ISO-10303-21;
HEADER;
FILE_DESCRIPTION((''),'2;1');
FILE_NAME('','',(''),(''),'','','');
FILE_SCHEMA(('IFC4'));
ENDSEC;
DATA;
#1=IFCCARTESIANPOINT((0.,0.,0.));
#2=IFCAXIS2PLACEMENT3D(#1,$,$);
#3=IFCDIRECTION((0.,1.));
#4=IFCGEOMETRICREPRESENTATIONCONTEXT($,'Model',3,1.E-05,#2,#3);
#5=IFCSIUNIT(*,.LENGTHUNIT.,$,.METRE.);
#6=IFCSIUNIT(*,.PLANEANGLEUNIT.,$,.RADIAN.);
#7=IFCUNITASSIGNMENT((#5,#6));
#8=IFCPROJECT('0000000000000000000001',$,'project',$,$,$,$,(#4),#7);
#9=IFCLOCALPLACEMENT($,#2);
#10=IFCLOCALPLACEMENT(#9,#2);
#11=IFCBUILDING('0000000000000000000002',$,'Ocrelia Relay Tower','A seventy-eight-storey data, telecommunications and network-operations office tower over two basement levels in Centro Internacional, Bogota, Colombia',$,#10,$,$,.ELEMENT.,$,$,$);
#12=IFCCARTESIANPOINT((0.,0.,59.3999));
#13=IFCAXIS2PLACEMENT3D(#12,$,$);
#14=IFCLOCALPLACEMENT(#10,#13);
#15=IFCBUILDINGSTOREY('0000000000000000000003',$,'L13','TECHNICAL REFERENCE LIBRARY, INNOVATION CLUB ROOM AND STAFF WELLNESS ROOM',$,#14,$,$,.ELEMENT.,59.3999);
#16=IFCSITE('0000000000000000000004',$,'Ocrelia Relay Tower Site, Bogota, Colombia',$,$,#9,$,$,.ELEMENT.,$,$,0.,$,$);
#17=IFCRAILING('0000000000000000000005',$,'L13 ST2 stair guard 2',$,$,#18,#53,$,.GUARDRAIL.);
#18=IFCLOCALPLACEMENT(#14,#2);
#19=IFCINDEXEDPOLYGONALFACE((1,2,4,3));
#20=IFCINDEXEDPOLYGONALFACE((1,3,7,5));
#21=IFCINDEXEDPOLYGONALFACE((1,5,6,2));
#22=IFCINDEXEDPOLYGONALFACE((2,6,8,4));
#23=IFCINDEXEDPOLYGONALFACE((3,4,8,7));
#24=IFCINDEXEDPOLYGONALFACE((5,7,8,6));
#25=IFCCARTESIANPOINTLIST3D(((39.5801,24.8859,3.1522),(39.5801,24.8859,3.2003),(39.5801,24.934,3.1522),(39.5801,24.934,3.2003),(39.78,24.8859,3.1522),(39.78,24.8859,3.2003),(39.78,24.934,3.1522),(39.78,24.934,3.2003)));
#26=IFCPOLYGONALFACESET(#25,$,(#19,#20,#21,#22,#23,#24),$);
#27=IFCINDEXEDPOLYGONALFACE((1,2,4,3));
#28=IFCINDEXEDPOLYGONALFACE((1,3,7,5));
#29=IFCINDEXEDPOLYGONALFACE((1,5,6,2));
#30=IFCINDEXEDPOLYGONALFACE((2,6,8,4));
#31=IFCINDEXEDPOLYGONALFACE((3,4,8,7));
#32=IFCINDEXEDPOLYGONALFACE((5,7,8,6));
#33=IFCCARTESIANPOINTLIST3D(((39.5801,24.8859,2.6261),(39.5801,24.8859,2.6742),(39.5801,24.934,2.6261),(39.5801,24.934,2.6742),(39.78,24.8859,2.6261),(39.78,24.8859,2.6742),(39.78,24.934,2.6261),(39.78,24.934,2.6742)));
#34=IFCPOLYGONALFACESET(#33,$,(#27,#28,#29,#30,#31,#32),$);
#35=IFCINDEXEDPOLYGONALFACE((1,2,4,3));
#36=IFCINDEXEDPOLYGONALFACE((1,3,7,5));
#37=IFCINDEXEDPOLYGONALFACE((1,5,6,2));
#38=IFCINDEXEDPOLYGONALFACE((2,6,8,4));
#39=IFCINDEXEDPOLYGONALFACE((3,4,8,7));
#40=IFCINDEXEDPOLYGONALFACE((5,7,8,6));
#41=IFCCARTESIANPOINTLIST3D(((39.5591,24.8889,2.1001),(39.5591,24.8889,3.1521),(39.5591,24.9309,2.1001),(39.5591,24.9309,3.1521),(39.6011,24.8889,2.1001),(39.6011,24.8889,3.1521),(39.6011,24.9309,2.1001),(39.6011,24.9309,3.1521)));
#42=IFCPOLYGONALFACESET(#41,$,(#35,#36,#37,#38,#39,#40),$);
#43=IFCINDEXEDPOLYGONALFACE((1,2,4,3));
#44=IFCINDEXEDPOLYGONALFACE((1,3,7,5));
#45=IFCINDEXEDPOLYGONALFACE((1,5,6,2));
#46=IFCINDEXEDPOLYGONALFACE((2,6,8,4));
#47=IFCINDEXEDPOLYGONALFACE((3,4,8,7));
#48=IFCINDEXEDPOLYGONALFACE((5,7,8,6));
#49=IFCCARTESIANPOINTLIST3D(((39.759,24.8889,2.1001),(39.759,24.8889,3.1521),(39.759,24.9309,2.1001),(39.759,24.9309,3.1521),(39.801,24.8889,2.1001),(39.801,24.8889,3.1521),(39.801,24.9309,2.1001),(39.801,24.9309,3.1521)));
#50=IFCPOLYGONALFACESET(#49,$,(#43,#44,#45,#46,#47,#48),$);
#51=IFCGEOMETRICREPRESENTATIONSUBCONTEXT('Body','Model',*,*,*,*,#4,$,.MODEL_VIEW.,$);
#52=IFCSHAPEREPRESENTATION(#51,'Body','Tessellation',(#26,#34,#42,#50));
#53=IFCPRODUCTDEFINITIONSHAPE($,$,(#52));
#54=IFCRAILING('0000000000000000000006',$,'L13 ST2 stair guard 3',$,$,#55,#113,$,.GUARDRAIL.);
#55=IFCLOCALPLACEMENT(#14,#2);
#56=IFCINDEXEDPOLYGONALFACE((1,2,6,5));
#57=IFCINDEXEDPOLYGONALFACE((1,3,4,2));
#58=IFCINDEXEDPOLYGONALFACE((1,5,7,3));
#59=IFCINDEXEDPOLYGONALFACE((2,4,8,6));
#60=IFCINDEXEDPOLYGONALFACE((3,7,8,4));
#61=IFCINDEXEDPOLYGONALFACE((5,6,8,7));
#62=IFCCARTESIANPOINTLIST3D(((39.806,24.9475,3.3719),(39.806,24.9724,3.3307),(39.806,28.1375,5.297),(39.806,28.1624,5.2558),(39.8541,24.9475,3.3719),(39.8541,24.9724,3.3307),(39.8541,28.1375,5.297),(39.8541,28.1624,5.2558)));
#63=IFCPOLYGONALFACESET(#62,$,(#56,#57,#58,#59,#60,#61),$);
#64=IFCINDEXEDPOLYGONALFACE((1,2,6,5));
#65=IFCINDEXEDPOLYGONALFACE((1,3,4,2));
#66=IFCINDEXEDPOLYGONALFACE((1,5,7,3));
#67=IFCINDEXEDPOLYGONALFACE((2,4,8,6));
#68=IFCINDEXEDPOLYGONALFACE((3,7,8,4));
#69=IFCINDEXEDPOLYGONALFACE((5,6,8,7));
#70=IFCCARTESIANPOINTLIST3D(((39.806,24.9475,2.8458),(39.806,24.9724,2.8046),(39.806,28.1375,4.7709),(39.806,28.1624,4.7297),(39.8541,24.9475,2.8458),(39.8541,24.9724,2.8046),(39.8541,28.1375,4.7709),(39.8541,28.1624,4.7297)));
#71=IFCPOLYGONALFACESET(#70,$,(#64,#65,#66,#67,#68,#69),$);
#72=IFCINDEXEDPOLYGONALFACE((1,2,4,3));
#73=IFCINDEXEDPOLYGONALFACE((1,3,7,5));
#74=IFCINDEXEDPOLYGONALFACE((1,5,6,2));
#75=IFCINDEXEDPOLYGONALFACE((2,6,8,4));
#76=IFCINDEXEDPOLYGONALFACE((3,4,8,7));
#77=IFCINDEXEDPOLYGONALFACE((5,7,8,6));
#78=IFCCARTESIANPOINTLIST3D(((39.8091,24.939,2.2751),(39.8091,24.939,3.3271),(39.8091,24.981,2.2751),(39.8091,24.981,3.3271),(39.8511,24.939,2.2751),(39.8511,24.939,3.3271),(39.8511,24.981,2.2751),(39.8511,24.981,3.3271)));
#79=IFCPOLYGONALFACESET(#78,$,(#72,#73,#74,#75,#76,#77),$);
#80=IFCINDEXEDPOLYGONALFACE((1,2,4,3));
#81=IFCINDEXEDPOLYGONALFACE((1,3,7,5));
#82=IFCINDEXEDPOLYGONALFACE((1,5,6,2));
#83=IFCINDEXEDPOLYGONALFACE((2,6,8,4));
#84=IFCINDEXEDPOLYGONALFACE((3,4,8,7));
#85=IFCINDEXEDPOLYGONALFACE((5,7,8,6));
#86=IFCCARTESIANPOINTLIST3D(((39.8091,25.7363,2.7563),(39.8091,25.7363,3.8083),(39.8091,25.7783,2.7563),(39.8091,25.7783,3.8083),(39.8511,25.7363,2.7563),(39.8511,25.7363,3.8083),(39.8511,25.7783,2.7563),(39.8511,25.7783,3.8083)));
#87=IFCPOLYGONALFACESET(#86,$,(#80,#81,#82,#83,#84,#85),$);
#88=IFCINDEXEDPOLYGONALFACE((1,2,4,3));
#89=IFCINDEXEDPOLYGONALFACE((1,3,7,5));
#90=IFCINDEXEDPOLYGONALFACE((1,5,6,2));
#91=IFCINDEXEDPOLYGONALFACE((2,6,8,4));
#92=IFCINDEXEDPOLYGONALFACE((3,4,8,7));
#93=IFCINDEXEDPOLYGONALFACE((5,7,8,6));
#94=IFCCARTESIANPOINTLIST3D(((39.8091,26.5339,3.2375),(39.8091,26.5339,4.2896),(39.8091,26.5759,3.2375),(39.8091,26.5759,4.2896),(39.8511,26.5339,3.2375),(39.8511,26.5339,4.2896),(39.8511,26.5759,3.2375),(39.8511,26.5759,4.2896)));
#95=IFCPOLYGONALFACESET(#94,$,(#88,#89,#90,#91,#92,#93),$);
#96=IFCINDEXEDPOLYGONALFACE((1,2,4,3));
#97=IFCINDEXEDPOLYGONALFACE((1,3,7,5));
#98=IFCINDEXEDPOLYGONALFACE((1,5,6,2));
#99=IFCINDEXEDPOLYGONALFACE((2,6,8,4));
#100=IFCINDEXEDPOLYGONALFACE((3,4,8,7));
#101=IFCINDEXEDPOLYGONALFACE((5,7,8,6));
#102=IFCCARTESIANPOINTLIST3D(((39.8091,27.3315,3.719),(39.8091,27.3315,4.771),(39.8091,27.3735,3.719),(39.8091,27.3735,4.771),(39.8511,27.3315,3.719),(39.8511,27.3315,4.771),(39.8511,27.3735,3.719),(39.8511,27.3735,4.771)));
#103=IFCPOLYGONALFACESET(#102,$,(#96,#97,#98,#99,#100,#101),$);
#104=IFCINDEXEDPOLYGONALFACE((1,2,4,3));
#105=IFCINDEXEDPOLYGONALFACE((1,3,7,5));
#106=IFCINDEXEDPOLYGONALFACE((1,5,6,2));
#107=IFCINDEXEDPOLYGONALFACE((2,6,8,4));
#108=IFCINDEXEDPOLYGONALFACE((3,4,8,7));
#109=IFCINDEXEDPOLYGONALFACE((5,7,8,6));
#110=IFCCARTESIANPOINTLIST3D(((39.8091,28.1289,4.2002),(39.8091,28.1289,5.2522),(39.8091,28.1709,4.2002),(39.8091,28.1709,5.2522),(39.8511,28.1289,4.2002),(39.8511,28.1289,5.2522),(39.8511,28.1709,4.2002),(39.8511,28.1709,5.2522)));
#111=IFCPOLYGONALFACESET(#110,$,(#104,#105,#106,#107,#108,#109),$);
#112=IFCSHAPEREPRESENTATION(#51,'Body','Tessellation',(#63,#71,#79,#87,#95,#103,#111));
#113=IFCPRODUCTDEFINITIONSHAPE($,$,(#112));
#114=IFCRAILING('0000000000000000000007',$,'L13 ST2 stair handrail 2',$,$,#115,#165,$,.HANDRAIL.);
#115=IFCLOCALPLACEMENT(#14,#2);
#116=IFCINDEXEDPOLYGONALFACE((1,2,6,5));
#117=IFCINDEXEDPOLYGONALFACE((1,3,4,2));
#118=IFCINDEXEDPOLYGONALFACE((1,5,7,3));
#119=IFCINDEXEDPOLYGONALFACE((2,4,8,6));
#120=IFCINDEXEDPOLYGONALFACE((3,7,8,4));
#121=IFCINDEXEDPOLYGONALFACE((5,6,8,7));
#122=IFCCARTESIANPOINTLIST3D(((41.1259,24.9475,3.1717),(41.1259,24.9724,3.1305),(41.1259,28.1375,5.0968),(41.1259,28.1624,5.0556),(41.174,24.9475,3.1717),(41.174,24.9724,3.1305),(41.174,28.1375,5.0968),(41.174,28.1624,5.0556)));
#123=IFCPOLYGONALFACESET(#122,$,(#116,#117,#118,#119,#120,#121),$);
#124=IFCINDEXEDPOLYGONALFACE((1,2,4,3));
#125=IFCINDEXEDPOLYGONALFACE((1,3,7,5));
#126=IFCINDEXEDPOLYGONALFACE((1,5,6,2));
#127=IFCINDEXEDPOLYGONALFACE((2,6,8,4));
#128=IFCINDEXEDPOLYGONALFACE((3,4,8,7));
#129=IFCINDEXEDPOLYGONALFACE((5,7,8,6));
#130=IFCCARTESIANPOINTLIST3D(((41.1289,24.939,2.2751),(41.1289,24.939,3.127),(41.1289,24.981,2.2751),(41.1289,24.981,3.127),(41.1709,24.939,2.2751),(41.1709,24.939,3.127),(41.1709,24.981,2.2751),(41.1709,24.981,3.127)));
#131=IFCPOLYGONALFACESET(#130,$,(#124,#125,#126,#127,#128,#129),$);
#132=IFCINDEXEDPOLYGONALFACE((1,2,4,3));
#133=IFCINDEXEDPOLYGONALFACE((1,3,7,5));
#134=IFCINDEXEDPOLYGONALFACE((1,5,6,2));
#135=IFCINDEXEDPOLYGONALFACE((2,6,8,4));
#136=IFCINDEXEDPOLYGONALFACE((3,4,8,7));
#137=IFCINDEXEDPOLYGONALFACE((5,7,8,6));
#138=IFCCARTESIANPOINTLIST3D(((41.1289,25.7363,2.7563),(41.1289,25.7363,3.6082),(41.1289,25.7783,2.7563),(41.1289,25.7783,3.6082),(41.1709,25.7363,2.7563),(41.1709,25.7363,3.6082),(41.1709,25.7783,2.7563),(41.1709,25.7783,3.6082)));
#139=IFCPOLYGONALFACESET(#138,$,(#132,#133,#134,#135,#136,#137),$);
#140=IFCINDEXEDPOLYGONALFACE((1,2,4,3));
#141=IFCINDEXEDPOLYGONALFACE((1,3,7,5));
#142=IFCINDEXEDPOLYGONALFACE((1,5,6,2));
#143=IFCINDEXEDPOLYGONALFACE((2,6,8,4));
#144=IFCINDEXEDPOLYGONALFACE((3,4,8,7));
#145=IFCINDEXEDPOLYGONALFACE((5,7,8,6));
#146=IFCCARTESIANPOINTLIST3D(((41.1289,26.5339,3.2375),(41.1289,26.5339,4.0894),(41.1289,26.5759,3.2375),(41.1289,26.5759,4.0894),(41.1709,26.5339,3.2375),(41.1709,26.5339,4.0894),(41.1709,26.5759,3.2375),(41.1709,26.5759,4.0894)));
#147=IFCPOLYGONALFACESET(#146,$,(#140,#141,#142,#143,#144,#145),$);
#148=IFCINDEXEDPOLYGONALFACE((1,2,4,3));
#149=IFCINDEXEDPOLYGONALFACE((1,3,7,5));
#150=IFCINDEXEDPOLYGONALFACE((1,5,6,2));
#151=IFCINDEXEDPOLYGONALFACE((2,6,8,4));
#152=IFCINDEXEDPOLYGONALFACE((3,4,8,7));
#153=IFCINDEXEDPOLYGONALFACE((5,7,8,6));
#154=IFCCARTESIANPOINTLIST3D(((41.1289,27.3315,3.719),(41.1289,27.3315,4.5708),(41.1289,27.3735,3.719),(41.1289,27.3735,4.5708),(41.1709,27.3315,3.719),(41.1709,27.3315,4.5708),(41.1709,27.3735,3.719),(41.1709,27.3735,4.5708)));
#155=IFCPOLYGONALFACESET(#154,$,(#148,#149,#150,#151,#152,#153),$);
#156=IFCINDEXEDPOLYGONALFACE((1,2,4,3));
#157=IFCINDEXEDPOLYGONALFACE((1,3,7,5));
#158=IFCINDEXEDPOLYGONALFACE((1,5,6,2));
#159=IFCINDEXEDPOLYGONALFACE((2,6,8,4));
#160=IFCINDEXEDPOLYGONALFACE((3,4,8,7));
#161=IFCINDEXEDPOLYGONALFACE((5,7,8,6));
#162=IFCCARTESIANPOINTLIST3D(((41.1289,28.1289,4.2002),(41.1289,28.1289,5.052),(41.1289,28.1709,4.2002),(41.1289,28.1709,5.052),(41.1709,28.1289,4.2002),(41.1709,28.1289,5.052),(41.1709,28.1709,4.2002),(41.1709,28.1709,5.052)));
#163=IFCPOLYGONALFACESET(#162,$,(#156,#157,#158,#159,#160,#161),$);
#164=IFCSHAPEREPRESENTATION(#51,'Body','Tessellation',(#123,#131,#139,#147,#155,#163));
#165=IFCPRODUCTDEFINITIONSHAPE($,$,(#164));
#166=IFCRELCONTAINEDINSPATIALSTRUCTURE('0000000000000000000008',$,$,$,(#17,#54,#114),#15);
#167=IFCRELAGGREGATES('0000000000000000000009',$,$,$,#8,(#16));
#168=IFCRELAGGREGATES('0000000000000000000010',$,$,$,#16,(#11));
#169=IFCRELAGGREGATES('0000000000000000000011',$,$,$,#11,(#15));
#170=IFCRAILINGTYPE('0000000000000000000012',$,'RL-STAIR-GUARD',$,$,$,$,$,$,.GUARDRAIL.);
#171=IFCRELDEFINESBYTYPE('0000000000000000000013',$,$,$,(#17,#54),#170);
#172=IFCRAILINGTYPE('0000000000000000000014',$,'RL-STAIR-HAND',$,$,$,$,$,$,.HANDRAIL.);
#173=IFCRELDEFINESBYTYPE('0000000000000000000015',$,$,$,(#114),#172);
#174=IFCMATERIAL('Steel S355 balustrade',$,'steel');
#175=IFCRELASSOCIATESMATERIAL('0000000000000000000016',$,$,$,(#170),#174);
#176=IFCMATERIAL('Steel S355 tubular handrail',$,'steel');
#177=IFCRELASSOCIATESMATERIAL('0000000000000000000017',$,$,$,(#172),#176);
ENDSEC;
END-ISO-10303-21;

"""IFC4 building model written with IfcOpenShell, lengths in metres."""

from ifc_helpers import new_model, si_unit, direction, frame, origin, origin_2d, place, context, subcontext, project, spatial, rectangle, extrude, material, type_object, element, save


model = new_model("IFC4")

# Units and contexts
model_context = context("Model", 3, precision=1e-05, world=origin(), true_north=direction((0.0, 1.0)))
body_context = subcontext(model_context, "Body", "Model", "MODEL_VIEW")
ifc_project = project(units=[si_unit("LENGTHUNIT", "METRE"), si_unit("PLANEANGLEUNIT", "RADIAN")], contexts=[model_context])

# Site, building, storey
site_placement = place(None, origin())
site = spatial("IfcSite", under=ifc_project, at=site_placement, Name="Ocrelia Relay Tower Site, Bogota, Colombia", CompositionType="ELEMENT", RefElevation=0.0)
building_placement = place(site_placement, origin())
building = spatial("IfcBuilding", under=site, at=building_placement, Name="Ocrelia Relay Tower", Description="A seventy-eight-storey data, telecommunications and network-operations office tower over two basement levels in Centro Internacional, Bogota, Colombia", CompositionType="ELEMENT")
storey_placement = place(building_placement, frame((0.0, 0.0, 59.3999)))
storey = spatial("IfcBuildingStorey", under=building, at=storey_placement, Name="L13", Description="TECHNICAL REFERENCE LIBRARY, INNOVATION CLUB ROOM AND STAFF WELLNESS ROOM", CompositionType="ELEMENT", Elevation=59.3999)

# Railings
ifc_material_1 = material(Name="Steel S355 balustrade", Category="steel")
railing_type_1 = type_object("IfcRailingType", Name="RL-STAIR-GUARD", PredefinedType="GUARDRAIL", material=ifc_material_1)
railing_1_placement = place(storey_placement, frame((39.5801, 24.9099, 2.1001)))
element("IfcRailing", 1, at=railing_1_placement, inside=storey, type_object=railing_type_1, Name="L13 ST2 stair guard 2", PredefinedType="GUARDRAIL", context=body_context, shape_type="SweptSolid", body=[
    extrude(rectangle(XDim=0.0481, YDim=0.0481, at=origin_2d()), frame((0.0, 0.0, 1.0762), z_axis=(1.0, 0.0, 0.0), x_axis=(0.0, 1.0, 0.0)), (0.0, 0.0, 1.0), 0.2),
    extrude(rectangle(XDim=0.0481, YDim=0.0481, at=origin_2d()), frame((0.0, 0.0, 0.55), z_axis=(1.0, 0.0, 0.0), x_axis=(0.0, 1.0, 0.0)), (0.0, 0.0, 1.0), 0.2),
    extrude(rectangle(XDim=0.042, YDim=0.042, at=origin_2d()), origin(), (0.0, 0.0, 1.0), 1.052),
    extrude(rectangle(XDim=0.042, YDim=0.042, at=origin_2d()), frame((0.2, 0.0, 0.0)), (0.0, 0.0, 1.0), 1.052),
])
railing_2_placement = place(storey_placement, frame((39.8301, 24.96, 2.2751)))
element("IfcRailing", 2, at=railing_2_placement, inside=storey, type_object=railing_type_1, Name="L13 ST2 stair guard 3", PredefinedType="GUARDRAIL", context=body_context, shape_type="SweptSolid", body=[
    extrude(rectangle(XDim=0.0481, YDim=0.0481, at=origin_2d()), frame((0.0, 0.0, 1.0762), z_axis=(0.0, 0.856178, 0.516682), x_axis=(-1.0, 0.0, 0.0)), (0.0, 0.0, 1.0), 3.7258),
    extrude(rectangle(XDim=0.0481, YDim=0.0481, at=origin_2d()), frame((0.0, 0.0, 0.55), z_axis=(0.0, 0.856178, 0.516682), x_axis=(-1.0, 0.0, 0.0)), (0.0, 0.0, 1.0), 3.7258),
    extrude(rectangle(XDim=0.042, YDim=0.042, at=origin_2d()), origin(), (0.0, 0.0, 1.0), 1.052),
    extrude(rectangle(XDim=0.042, YDim=0.042, at=origin_2d()), frame((0.0, 0.7974, 0.4812)), (0.0, 0.0, 1.0), 1.052),
    extrude(rectangle(XDim=0.042, YDim=0.042, at=origin_2d()), frame((0.0, 1.595, 0.9624)), (0.0, 0.0, 1.0), 1.052),
    extrude(rectangle(XDim=0.042, YDim=0.042, at=origin_2d()), frame((0.0, 2.3926, 1.4438)), (0.0, 0.0, 1.0), 1.052),
    extrude(rectangle(XDim=0.042, YDim=0.042, at=origin_2d()), frame((0.0, 3.1899, 1.925)), (0.0, 0.0, 1.0), 1.052),
])
ifc_material_2 = material(Name="Steel S355 tubular handrail", Category="steel")
railing_type_2 = type_object("IfcRailingType", Name="RL-STAIR-HAND", PredefinedType="HANDRAIL", material=ifc_material_2)
railing_3_placement = place(storey_placement, frame((41.1499, 24.96, 2.2751)))
element("IfcRailing", 3, at=railing_3_placement, inside=storey, type_object=railing_type_2, Name="L13 ST2 stair handrail 2", PredefinedType="HANDRAIL", context=body_context, shape_type="SweptSolid", body=[
    extrude(rectangle(XDim=0.0481, YDim=0.0481, at=origin_2d()), frame((0.0, 0.0, 0.876), z_axis=(0.0, 0.856178, 0.516682), x_axis=(-1.0, 0.0, 0.0)), (0.0, 0.0, 1.0), 3.7258),
    extrude(rectangle(XDim=0.042, YDim=0.042, at=origin_2d()), origin(), (0.0, 0.0, 1.0), 0.8518),
    extrude(rectangle(XDim=0.042, YDim=0.042, at=origin_2d()), frame((0.0, 0.7974, 0.4812)), (0.0, 0.0, 1.0), 0.8518),
    extrude(rectangle(XDim=0.042, YDim=0.042, at=origin_2d()), frame((0.0, 1.595, 0.9624)), (0.0, 0.0, 1.0), 0.8518),
    extrude(rectangle(XDim=0.042, YDim=0.042, at=origin_2d()), frame((0.0, 2.3926, 1.4438)), (0.0, 0.0, 1.0), 0.8518),
    extrude(rectangle(XDim=0.042, YDim=0.042, at=origin_2d()), frame((0.0, 3.1899, 1.925)), (0.0, 0.0, 1.0), 0.8518),
])

save(model, "model.ifc")
